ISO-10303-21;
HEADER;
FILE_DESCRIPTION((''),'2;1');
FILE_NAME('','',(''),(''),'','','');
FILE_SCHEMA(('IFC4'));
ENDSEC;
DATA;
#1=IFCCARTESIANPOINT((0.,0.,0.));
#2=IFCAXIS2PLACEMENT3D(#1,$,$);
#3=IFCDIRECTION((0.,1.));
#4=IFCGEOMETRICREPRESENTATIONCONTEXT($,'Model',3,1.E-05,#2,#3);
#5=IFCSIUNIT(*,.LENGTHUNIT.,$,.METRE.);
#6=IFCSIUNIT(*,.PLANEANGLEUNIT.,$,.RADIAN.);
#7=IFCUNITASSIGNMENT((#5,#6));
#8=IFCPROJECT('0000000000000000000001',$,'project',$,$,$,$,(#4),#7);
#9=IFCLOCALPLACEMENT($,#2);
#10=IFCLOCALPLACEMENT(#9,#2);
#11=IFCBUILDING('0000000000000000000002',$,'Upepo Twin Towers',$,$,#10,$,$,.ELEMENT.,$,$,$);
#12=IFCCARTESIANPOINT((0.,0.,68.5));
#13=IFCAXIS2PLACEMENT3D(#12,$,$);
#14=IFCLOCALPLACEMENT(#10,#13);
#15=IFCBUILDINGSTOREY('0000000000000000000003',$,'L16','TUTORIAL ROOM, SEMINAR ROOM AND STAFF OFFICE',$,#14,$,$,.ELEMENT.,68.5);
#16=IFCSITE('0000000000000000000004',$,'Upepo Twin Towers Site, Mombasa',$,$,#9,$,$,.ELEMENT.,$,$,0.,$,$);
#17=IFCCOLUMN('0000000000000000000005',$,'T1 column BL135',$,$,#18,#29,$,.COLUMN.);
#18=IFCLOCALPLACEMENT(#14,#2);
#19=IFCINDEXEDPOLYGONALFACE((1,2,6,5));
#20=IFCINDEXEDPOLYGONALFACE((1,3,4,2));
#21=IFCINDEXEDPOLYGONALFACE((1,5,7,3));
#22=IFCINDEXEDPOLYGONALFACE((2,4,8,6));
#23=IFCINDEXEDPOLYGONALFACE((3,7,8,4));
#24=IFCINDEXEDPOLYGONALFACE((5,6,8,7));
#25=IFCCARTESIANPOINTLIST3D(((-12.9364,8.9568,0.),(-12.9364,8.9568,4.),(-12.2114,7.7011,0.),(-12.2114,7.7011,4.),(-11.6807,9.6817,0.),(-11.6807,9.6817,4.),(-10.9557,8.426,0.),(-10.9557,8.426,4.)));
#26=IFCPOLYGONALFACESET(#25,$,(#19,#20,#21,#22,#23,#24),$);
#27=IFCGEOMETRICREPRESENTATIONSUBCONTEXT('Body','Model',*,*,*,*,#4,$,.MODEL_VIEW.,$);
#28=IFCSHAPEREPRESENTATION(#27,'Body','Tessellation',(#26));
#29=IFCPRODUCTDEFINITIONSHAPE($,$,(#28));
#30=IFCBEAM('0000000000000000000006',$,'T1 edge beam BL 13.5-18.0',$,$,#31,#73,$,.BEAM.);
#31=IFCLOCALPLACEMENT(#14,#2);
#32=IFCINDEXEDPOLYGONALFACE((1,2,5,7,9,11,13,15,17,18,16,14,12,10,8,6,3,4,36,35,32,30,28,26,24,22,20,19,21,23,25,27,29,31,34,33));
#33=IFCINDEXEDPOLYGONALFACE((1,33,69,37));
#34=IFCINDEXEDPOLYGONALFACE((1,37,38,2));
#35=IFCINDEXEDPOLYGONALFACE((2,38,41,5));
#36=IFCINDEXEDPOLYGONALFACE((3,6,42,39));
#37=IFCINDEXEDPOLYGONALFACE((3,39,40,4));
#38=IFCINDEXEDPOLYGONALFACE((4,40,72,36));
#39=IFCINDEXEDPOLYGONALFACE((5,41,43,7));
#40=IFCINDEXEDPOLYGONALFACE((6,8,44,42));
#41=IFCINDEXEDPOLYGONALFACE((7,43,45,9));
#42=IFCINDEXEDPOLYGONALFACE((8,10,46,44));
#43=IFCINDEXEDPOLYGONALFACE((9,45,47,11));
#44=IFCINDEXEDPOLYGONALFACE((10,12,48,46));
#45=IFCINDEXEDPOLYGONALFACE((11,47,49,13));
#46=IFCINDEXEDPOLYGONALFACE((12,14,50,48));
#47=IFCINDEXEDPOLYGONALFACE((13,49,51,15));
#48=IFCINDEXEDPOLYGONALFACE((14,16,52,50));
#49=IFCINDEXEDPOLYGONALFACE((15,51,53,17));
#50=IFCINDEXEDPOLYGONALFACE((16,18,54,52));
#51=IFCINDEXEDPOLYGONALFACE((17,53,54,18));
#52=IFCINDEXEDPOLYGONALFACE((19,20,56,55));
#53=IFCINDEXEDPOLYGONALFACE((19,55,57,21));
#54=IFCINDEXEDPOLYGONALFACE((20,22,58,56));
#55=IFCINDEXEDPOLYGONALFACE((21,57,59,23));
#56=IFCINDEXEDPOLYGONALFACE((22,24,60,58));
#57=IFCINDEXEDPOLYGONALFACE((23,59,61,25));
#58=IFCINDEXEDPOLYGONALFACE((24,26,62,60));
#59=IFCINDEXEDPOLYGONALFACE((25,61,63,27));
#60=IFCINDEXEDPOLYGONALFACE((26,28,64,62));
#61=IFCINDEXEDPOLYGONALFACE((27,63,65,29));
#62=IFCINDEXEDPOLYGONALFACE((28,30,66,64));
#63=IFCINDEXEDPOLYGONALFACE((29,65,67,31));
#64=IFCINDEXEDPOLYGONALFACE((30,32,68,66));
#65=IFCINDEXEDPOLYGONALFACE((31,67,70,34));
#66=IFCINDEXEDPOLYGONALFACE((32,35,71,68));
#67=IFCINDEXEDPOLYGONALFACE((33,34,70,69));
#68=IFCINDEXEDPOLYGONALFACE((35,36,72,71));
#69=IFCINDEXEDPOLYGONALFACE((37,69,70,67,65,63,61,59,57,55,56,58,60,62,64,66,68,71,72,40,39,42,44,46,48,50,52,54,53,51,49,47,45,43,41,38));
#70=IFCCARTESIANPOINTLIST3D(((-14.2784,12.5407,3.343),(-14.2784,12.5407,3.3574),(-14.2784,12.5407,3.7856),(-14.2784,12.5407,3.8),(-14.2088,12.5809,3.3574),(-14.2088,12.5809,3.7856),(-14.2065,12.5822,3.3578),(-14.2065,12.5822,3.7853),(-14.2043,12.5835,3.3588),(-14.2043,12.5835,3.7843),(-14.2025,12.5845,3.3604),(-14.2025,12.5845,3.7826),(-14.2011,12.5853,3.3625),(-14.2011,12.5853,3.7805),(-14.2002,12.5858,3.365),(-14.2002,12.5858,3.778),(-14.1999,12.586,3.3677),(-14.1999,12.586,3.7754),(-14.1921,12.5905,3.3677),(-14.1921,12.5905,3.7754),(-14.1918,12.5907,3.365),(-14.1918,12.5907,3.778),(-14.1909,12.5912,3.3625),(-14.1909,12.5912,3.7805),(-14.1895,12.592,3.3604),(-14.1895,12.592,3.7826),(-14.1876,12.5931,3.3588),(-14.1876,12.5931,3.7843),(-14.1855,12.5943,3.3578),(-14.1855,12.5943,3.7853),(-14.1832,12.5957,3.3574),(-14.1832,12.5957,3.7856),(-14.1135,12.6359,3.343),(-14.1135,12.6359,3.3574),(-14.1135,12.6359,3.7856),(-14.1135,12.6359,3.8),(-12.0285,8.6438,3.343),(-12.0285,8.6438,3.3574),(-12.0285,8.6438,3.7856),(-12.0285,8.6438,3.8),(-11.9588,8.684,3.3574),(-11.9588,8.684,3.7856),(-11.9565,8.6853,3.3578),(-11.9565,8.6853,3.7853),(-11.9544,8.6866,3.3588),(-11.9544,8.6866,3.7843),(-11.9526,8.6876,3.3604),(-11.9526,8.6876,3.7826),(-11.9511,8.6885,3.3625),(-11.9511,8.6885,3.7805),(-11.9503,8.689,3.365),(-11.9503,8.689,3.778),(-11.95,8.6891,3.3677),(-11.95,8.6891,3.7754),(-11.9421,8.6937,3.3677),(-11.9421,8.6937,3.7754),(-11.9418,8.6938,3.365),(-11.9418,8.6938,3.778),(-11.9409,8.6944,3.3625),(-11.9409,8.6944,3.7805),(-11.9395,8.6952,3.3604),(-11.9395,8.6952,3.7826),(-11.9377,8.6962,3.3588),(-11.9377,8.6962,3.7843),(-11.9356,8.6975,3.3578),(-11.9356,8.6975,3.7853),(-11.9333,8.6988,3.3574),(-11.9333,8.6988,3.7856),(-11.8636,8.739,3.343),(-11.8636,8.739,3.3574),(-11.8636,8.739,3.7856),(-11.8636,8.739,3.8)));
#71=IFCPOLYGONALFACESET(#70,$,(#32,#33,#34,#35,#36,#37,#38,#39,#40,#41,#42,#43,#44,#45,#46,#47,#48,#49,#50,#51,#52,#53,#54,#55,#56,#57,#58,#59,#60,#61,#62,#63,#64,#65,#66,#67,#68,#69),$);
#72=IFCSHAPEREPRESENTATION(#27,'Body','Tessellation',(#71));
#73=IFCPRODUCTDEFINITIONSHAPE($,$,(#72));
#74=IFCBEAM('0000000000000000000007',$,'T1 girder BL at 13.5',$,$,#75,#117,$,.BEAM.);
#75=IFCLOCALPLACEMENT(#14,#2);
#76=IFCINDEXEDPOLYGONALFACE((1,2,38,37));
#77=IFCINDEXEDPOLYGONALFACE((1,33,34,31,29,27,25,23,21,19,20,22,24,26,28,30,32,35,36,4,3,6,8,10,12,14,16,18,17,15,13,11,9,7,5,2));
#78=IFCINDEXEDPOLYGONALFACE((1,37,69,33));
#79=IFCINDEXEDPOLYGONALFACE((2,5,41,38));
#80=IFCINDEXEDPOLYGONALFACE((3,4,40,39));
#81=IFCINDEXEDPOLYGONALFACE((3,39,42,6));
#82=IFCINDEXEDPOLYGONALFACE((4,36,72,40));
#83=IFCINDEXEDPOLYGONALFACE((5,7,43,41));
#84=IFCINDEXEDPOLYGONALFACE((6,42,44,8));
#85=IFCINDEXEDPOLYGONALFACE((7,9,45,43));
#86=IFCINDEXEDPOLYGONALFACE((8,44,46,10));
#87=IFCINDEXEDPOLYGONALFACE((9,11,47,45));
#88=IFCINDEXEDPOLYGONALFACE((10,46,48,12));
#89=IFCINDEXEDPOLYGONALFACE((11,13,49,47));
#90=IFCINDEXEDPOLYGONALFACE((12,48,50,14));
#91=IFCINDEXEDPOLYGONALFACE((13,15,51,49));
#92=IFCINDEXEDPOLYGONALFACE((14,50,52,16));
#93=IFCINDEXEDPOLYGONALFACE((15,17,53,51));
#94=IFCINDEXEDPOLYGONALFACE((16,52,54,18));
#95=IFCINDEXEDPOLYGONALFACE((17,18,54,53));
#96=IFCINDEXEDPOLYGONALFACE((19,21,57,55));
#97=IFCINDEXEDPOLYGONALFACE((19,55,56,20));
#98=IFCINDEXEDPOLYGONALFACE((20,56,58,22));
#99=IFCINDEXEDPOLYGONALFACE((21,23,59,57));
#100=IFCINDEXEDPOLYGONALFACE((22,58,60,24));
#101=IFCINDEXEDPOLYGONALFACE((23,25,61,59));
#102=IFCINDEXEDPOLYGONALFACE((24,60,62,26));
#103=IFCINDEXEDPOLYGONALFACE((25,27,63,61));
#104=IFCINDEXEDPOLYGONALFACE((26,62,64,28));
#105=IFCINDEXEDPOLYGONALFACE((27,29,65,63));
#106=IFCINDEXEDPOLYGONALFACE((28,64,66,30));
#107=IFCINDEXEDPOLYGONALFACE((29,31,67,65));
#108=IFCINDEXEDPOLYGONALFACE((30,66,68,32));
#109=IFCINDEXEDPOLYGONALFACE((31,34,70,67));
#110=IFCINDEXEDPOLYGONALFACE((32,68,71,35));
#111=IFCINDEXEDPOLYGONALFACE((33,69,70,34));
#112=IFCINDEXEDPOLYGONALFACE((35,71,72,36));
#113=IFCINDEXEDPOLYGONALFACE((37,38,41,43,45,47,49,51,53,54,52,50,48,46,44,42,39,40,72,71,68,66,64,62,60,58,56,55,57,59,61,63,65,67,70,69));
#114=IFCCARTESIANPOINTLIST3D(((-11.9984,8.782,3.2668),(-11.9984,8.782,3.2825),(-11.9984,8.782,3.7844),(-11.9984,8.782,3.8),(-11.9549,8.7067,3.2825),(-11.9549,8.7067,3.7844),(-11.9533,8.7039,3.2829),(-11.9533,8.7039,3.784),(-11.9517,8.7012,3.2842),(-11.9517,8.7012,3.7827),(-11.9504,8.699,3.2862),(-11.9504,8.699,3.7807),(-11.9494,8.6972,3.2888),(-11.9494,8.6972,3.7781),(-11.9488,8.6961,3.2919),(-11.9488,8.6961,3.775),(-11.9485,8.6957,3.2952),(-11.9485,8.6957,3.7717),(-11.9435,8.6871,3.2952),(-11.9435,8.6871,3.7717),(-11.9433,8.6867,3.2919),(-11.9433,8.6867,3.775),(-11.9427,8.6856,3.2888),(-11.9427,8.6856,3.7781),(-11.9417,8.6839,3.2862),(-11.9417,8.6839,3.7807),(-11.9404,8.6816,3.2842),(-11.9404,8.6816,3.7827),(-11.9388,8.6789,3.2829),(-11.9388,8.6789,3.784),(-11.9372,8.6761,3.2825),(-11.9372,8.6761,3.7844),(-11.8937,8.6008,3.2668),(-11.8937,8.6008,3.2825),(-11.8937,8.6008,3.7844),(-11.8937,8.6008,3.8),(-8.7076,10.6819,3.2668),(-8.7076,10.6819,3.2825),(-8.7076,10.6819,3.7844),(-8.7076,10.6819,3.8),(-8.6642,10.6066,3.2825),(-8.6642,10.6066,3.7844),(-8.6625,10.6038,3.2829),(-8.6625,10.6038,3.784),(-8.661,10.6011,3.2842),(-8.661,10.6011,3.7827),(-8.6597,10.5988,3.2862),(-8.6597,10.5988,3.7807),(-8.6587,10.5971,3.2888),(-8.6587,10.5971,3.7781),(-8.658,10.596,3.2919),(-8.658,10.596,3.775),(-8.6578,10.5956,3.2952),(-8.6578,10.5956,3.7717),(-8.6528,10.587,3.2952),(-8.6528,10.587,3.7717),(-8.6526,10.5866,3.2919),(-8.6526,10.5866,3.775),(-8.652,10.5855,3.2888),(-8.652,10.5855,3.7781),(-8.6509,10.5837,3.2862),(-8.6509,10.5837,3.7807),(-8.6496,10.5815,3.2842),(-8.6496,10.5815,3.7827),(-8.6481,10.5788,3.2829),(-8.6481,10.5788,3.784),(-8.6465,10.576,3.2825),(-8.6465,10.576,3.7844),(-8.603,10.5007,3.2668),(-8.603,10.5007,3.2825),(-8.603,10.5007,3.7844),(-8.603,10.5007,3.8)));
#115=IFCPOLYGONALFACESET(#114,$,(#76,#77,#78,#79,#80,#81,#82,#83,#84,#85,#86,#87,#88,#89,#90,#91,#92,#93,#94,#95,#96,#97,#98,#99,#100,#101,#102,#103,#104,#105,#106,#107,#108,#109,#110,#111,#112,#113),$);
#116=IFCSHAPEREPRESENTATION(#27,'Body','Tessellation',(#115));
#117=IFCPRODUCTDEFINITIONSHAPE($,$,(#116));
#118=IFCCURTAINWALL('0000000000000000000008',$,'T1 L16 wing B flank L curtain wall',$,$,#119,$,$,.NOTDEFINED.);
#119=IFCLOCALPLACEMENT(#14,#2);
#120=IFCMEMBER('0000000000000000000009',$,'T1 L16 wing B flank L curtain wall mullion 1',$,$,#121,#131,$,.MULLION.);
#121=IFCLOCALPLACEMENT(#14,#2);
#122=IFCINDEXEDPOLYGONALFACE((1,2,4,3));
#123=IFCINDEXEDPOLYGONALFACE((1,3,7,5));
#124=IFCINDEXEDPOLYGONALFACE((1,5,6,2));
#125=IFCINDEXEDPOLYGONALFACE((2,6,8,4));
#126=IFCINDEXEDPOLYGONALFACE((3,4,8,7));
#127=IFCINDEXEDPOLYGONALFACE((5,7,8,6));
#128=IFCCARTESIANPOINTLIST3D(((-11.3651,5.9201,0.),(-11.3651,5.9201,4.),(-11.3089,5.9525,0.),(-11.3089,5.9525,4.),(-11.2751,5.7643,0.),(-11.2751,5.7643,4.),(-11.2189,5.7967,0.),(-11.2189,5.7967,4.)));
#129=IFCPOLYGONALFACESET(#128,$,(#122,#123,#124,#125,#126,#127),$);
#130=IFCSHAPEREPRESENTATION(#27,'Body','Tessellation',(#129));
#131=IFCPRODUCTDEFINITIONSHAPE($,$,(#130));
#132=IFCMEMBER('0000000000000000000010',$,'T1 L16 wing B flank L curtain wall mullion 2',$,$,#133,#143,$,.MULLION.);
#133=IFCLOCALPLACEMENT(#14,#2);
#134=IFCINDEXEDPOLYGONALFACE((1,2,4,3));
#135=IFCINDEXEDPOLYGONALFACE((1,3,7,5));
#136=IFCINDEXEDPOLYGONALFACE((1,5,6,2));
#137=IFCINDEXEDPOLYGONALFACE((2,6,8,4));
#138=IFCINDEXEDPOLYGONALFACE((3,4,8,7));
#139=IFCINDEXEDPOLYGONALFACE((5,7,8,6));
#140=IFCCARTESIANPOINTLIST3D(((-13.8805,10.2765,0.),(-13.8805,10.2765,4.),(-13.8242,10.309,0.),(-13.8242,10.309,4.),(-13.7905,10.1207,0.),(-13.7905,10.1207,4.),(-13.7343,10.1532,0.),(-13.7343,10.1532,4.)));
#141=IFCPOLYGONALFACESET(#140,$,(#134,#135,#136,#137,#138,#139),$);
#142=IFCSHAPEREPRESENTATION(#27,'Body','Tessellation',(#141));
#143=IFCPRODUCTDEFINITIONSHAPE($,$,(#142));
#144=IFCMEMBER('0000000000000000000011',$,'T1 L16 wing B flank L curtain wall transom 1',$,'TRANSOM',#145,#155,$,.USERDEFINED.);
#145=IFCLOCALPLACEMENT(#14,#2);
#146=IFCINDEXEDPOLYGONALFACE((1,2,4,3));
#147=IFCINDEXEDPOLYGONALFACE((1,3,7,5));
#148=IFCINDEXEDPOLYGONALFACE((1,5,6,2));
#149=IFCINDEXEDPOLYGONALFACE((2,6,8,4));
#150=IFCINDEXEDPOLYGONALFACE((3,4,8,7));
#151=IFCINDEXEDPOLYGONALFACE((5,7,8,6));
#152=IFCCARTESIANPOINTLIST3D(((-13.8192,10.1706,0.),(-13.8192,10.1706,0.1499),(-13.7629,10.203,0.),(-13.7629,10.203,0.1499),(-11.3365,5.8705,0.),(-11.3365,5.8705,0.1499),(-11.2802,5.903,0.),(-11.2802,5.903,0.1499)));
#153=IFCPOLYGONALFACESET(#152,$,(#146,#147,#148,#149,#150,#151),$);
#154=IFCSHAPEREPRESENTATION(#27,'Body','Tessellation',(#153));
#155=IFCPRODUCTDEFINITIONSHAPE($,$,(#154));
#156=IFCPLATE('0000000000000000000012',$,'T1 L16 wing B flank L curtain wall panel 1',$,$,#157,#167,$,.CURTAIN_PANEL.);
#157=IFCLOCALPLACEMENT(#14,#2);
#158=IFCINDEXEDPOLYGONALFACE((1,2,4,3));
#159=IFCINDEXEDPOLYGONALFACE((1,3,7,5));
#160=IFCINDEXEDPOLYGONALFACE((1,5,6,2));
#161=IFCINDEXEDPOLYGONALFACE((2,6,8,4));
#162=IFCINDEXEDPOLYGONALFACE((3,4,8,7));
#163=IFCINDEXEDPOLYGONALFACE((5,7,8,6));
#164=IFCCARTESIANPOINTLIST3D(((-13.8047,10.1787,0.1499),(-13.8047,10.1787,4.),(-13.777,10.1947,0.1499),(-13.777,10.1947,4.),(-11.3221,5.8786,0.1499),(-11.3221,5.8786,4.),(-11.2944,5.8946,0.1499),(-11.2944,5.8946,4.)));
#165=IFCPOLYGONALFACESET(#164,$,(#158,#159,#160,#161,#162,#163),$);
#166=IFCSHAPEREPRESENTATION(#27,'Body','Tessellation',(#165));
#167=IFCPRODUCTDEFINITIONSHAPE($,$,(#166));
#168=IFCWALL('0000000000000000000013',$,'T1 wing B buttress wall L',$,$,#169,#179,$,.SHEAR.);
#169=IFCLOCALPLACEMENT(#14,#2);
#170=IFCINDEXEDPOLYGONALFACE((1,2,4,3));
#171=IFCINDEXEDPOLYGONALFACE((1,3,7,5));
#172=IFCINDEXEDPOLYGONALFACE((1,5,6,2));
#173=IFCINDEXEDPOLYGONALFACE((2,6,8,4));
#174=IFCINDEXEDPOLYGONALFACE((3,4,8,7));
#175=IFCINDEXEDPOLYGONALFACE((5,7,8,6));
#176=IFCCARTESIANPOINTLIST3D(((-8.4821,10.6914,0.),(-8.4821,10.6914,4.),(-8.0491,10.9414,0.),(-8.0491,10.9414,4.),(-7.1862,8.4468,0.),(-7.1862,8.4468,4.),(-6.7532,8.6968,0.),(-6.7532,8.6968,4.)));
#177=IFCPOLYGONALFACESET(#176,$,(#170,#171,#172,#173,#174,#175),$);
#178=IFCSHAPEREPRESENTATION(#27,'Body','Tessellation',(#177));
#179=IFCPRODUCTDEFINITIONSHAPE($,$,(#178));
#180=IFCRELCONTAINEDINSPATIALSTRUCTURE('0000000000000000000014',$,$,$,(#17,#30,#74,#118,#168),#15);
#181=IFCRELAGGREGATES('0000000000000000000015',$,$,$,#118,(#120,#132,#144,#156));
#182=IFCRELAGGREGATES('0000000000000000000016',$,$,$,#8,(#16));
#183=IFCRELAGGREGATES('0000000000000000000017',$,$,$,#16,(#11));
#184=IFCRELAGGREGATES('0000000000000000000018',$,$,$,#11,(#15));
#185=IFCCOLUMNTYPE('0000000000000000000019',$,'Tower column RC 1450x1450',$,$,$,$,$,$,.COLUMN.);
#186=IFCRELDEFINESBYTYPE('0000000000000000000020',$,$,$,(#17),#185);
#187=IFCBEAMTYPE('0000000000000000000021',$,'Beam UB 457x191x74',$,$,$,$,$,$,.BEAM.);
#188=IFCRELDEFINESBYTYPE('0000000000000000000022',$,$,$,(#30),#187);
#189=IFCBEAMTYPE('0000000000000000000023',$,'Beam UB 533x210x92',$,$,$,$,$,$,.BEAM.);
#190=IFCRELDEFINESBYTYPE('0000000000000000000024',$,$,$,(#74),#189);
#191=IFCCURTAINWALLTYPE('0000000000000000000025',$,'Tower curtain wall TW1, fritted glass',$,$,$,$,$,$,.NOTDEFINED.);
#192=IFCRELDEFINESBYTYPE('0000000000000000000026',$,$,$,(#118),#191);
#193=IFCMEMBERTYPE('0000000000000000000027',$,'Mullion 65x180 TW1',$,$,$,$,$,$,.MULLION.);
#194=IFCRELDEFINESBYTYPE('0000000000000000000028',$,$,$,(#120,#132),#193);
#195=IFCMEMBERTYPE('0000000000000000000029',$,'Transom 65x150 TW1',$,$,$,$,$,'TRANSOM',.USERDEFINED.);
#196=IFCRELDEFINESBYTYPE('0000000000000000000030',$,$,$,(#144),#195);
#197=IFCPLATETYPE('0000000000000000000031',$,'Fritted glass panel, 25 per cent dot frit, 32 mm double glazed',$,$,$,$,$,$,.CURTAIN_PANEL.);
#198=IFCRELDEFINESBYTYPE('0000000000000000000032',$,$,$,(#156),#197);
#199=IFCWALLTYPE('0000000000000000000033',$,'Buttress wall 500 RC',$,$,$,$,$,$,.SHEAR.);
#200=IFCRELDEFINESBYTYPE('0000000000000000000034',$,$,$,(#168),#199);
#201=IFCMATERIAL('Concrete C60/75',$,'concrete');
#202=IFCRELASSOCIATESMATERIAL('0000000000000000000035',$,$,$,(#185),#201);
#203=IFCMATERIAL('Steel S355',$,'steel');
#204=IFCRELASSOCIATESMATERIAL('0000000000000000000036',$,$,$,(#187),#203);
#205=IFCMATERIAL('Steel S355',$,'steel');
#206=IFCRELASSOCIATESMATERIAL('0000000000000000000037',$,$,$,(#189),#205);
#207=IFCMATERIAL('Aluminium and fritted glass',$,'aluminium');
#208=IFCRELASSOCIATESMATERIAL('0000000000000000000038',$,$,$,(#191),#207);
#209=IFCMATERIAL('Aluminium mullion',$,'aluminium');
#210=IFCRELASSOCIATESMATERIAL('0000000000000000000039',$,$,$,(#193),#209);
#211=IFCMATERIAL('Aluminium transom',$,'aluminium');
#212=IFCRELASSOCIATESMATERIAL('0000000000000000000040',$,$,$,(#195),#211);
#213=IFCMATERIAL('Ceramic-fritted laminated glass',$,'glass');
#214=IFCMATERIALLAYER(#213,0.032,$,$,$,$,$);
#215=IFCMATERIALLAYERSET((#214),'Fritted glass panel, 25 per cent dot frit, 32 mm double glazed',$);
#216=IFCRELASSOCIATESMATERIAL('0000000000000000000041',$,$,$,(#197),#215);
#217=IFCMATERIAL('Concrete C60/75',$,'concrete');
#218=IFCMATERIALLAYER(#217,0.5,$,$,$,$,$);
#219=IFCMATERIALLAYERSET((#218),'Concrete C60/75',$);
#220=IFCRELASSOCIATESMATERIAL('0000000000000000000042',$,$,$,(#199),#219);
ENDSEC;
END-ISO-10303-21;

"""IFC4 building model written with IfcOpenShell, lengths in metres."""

from ifc_helpers import new_model, si_unit, direction, frame, frame_2d, origin, origin_2d, place, context, subcontext, project, spatial, rectangle, i_section, extrude, material, layer, layer_set, material_profile, profile_set, type_object, element, aggregate, save


model = new_model("IFC4")

# Units and contexts
model_context = context("Model", 3, precision=1e-05, world=origin(), true_north=direction((0.0, 1.0)))
body_context = subcontext(model_context, "Body", "Model", "MODEL_VIEW")
ifc_project = project(units=[si_unit("LENGTHUNIT", "METRE"), si_unit("PLANEANGLEUNIT", "RADIAN")], contexts=[model_context])

# Site, building, storey
site_placement = place(None, origin())
site = spatial("IfcSite", under=ifc_project, at=site_placement, Name="Upepo Twin Towers Site, Mombasa", CompositionType="ELEMENT", RefElevation=0.0)
building_placement = place(site_placement, origin())
building = spatial("IfcBuilding", under=site, at=building_placement, Name="Upepo Twin Towers", CompositionType="ELEMENT")
storey_placement = place(building_placement, frame((0.0, 0.0, 68.5)))
storey = spatial("IfcBuildingStorey", under=building, at=storey_placement, Name="L16", Description="TUTORIAL ROOM, SEMINAR ROOM AND STAFF OFFICE", CompositionType="ELEMENT", Elevation=68.5)

# Column
ifc_material_1 = material(Name="Concrete C60/75", Category="concrete")
ifc_material_profile_1 = material_profile(ifc_material_1, rectangle(XDim=1.45, YDim=1.45, at=origin_2d()), Name="RC 1450x1450")
ifc_profile_set_1 = profile_set([ifc_material_profile_1], Name="Concrete C60/75")
column_type = type_object("IfcColumnType", Name="Tower column RC 1450x1450", PredefinedType="COLUMN", material=ifc_profile_set_1)
column_placement = place(storey_placement, frame((-11.946, 8.6914, 0.0), z_axis=(0.0, 0.0, 1.0), x_axis=(0.866025, 0.5, 0.0)))
element("IfcColumn", 1, at=column_placement, inside=storey, type_object=column_type, Name="T1 column BL135", PredefinedType="COLUMN", context=body_context, shape_type="SweptSolid", body=[
    extrude(rectangle(XDim=1.45, YDim=1.45, at=origin_2d()), origin(), (0.0, 0.0, 1.0), 4.0),
])

# Beams
ifc_material_2 = material(Name="Steel S355", Category="steel")
ifc_material_profile_2 = material_profile(ifc_material_2, i_section(OverallWidth=0.1904, OverallDepth=0.457, WebThickness=0.009, FlangeThickness=0.0144, FilletRadius=0.0103, at=origin_2d()), Name="UB 457x191x74")
ifc_profile_set_2 = profile_set([ifc_material_profile_2], Name="Steel S355")
beam_type_1 = type_object("IfcBeamType", Name="Beam UB 457x191x74", PredefinedType="BEAM", material=ifc_profile_set_2)
beam_1_placement = place(storey_placement, frame((-11.946, 8.6914, 3.5715), z_axis=(-0.500014, 0.866018, 0.0), x_axis=(-0.866018, -0.500014, 0.0)))
element("IfcBeam", 2, at=beam_1_placement, inside=storey, type_object=beam_type_1, Name="T1 edge beam BL 13.5-18.0", PredefinedType="BEAM", context=body_context, shape_type="SweptSolid", body=[
    extrude(i_section(OverallWidth=0.1904, OverallDepth=0.457, WebThickness=0.009, FlangeThickness=0.0144, FilletRadius=0.0103, at=origin_2d()), origin(), (0.0, 0.0, 1.0), 4.4998),
])
ifc_material_3 = material(Name="Steel S355", Category="steel")
ifc_material_profile_3 = material_profile(ifc_material_3, i_section(OverallWidth=0.2092, OverallDepth=0.5332, WebThickness=0.01, FlangeThickness=0.0156, FilletRadius=0.0127, at=origin_2d()), Name="UB 533x210x92")
ifc_profile_set_3 = profile_set([ifc_material_profile_3], Name="Steel S355")
beam_type_2 = type_object("IfcBeamType", Name="Beam UB 533x210x92", PredefinedType="BEAM", material=ifc_profile_set_3)
beam_2_placement = place(storey_placement, frame((-11.946, 8.6914, 3.5334), z_axis=(0.866028, 0.499995, 0.0), x_axis=(-0.499995, 0.866028, 0.0)))
element("IfcBeam", 3, at=beam_2_placement, inside=storey, type_object=beam_type_2, Name="T1 girder BL at 13.5", PredefinedType="BEAM", context=body_context, shape_type="SweptSolid", body=[
    extrude(i_section(OverallWidth=0.2092, OverallDepth=0.5332, WebThickness=0.01, FlangeThickness=0.0156, FilletRadius=0.0127, at=origin_2d()), origin(), (0.0, 0.0, 1.0), 3.7998),
])

# Curtain wall, members, plate
ifc_material_4 = material(Name="Aluminium and fritted glass", Category="aluminium")
curtain_wall_type = type_object("IfcCurtainWallType", Name="Tower curtain wall TW1, fritted glass", PredefinedType="NOTDEFINED", material=ifc_material_4)
curtain_wall_placement = place(storey_placement, origin())
curtain_wall = element("IfcCurtainWall", 4, at=curtain_wall_placement, inside=storey, type_object=curtain_wall_type, Name="T1 L16 wing B flank L curtain wall", PredefinedType="NOTDEFINED")
ifc_material_5 = material(Name="Aluminium mullion", Category="aluminium")
ifc_material_profile_4 = material_profile(ifc_material_5, rectangle(XDim=0.0649, YDim=0.1799, at=origin_2d()), Name="MULLION 65x180")
ifc_profile_set_4 = profile_set([ifc_material_profile_4], Name="Aluminium mullion")
member_type_1 = type_object("IfcMemberType", Name="Mullion 65x180 TW1", PredefinedType="MULLION", material=ifc_profile_set_4)
member_1_placement = place(storey_placement, frame((-11.292, 5.8584, 0.0), z_axis=(0.0, 0.0, 1.0), x_axis=(-0.866025, -0.5, 0.0)))
member_1 = element("IfcMember", 5, at=member_1_placement, type_object=member_type_1, Name="T1 L16 wing B flank L curtain wall mullion 1", PredefinedType="MULLION", context=body_context, shape_type="SweptSolid", body=[
    extrude(rectangle(XDim=0.0649, YDim=0.1799, at=origin_2d()), origin(), (0.0, 0.0, 1.0), 4.0),
])
member_2_placement = place(storey_placement, frame((-13.8074, 10.2148, 0.0), z_axis=(0.0, 0.0, 1.0), x_axis=(-0.866025, -0.5, 0.0)))
member_2 = element("IfcMember", 6, at=member_2_placement, type_object=member_type_1, Name="T1 L16 wing B flank L curtain wall mullion 2", PredefinedType="MULLION", context=body_context, shape_type="SweptSolid", body=[
    extrude(rectangle(XDim=0.0649, YDim=0.1799, at=origin_2d()), origin(), (0.0, 0.0, 1.0), 4.0),
])
ifc_material_6 = material(Name="Aluminium transom", Category="aluminium")
ifc_material_profile_5 = material_profile(ifc_material_6, rectangle(XDim=0.0649, YDim=0.1499, at=origin_2d()), Name="TRANSOM 65x150")
ifc_profile_set_5 = profile_set([ifc_material_profile_5], Name="Aluminium transom")
member_type_2 = type_object("IfcMemberType", Name="Transom 65x150 TW1", ElementType="TRANSOM", PredefinedType="USERDEFINED", material=ifc_profile_set_5)
member_3_placement = place(storey_placement, frame((-11.3083, 5.8867, 0.075), z_axis=(-0.500005, 0.866023, 0.0), x_axis=(-0.866023, -0.500005, 0.0)))
member_3 = element("IfcMember", 7, at=member_3_placement, type_object=member_type_2, Name="T1 L16 wing B flank L curtain wall transom 1", ObjectType="TRANSOM", PredefinedType="USERDEFINED", context=body_context, shape_type="SweptSolid", body=[
    extrude(rectangle(XDim=0.0649, YDim=0.1499, at=origin_2d()), origin(), (0.0, 0.0, 1.0), 4.9653),
])
ifc_material_7 = material(Name="Ceramic-fritted laminated glass", Category="glass")
ifc_layer_1 = layer(ifc_material_7, 0.032)
ifc_layer_set_1 = layer_set([ifc_layer_1], Name="Fritted glass panel, 25 per cent dot frit, 32 mm double glazed")
plate_type = type_object("IfcPlateType", Name="Fritted glass panel, 25 per cent dot frit, 32 mm double glazed", PredefinedType="CURTAIN_PANEL", material=ifc_layer_set_1)
plate_placement = place(storey_placement, frame((-12.5496, 8.0366, 0.1499), z_axis=(0.0, 0.0, 1.0), x_axis=(-0.5, 0.866025, 0.0)))
plate = element("IfcPlate", 8, at=plate_placement, type_object=plate_type, Name="T1 L16 wing B flank L curtain wall panel 1", PredefinedType="CURTAIN_PANEL", context=body_context, shape_type="SweptSolid", body=[
    extrude(rectangle(XDim=4.9653, YDim=0.032, at=origin_2d()), origin(), (0.0, 0.0, 1.0), 3.8501),
])
aggregate(curtain_wall, [member_1, member_2, member_3, plate])

# Wall
ifc_material_8 = material(Name="Concrete C60/75", Category="concrete")
ifc_layer_2 = layer(ifc_material_8, 0.5)
ifc_layer_set_2 = layer_set([ifc_layer_2], Name="Concrete C60/75")
wall_type_1 = type_object("IfcWallType", Name="Buttress wall 500 RC", PredefinedType="SHEAR", material=ifc_layer_set_2)
wall_1_placement = place(storey_placement, frame((-6.9697, 8.5718, 0.0), z_axis=(0.0, 0.0, 1.0), x_axis=(-0.499989, 0.866032, 0.0)))
element("IfcWall", 9, at=wall_1_placement, inside=storey, type_object=wall_type_1, Name="T1 wing B buttress wall L", PredefinedType="SHEAR", context=body_context, shape_type="SweptSolid", body=[
    extrude(rectangle(XDim=2.5918, YDim=0.5, at=frame_2d((1.2959, 0.0))), origin(), (0.0, 0.0, 1.0), 4.0),
])

save(model, "model.ifc")
